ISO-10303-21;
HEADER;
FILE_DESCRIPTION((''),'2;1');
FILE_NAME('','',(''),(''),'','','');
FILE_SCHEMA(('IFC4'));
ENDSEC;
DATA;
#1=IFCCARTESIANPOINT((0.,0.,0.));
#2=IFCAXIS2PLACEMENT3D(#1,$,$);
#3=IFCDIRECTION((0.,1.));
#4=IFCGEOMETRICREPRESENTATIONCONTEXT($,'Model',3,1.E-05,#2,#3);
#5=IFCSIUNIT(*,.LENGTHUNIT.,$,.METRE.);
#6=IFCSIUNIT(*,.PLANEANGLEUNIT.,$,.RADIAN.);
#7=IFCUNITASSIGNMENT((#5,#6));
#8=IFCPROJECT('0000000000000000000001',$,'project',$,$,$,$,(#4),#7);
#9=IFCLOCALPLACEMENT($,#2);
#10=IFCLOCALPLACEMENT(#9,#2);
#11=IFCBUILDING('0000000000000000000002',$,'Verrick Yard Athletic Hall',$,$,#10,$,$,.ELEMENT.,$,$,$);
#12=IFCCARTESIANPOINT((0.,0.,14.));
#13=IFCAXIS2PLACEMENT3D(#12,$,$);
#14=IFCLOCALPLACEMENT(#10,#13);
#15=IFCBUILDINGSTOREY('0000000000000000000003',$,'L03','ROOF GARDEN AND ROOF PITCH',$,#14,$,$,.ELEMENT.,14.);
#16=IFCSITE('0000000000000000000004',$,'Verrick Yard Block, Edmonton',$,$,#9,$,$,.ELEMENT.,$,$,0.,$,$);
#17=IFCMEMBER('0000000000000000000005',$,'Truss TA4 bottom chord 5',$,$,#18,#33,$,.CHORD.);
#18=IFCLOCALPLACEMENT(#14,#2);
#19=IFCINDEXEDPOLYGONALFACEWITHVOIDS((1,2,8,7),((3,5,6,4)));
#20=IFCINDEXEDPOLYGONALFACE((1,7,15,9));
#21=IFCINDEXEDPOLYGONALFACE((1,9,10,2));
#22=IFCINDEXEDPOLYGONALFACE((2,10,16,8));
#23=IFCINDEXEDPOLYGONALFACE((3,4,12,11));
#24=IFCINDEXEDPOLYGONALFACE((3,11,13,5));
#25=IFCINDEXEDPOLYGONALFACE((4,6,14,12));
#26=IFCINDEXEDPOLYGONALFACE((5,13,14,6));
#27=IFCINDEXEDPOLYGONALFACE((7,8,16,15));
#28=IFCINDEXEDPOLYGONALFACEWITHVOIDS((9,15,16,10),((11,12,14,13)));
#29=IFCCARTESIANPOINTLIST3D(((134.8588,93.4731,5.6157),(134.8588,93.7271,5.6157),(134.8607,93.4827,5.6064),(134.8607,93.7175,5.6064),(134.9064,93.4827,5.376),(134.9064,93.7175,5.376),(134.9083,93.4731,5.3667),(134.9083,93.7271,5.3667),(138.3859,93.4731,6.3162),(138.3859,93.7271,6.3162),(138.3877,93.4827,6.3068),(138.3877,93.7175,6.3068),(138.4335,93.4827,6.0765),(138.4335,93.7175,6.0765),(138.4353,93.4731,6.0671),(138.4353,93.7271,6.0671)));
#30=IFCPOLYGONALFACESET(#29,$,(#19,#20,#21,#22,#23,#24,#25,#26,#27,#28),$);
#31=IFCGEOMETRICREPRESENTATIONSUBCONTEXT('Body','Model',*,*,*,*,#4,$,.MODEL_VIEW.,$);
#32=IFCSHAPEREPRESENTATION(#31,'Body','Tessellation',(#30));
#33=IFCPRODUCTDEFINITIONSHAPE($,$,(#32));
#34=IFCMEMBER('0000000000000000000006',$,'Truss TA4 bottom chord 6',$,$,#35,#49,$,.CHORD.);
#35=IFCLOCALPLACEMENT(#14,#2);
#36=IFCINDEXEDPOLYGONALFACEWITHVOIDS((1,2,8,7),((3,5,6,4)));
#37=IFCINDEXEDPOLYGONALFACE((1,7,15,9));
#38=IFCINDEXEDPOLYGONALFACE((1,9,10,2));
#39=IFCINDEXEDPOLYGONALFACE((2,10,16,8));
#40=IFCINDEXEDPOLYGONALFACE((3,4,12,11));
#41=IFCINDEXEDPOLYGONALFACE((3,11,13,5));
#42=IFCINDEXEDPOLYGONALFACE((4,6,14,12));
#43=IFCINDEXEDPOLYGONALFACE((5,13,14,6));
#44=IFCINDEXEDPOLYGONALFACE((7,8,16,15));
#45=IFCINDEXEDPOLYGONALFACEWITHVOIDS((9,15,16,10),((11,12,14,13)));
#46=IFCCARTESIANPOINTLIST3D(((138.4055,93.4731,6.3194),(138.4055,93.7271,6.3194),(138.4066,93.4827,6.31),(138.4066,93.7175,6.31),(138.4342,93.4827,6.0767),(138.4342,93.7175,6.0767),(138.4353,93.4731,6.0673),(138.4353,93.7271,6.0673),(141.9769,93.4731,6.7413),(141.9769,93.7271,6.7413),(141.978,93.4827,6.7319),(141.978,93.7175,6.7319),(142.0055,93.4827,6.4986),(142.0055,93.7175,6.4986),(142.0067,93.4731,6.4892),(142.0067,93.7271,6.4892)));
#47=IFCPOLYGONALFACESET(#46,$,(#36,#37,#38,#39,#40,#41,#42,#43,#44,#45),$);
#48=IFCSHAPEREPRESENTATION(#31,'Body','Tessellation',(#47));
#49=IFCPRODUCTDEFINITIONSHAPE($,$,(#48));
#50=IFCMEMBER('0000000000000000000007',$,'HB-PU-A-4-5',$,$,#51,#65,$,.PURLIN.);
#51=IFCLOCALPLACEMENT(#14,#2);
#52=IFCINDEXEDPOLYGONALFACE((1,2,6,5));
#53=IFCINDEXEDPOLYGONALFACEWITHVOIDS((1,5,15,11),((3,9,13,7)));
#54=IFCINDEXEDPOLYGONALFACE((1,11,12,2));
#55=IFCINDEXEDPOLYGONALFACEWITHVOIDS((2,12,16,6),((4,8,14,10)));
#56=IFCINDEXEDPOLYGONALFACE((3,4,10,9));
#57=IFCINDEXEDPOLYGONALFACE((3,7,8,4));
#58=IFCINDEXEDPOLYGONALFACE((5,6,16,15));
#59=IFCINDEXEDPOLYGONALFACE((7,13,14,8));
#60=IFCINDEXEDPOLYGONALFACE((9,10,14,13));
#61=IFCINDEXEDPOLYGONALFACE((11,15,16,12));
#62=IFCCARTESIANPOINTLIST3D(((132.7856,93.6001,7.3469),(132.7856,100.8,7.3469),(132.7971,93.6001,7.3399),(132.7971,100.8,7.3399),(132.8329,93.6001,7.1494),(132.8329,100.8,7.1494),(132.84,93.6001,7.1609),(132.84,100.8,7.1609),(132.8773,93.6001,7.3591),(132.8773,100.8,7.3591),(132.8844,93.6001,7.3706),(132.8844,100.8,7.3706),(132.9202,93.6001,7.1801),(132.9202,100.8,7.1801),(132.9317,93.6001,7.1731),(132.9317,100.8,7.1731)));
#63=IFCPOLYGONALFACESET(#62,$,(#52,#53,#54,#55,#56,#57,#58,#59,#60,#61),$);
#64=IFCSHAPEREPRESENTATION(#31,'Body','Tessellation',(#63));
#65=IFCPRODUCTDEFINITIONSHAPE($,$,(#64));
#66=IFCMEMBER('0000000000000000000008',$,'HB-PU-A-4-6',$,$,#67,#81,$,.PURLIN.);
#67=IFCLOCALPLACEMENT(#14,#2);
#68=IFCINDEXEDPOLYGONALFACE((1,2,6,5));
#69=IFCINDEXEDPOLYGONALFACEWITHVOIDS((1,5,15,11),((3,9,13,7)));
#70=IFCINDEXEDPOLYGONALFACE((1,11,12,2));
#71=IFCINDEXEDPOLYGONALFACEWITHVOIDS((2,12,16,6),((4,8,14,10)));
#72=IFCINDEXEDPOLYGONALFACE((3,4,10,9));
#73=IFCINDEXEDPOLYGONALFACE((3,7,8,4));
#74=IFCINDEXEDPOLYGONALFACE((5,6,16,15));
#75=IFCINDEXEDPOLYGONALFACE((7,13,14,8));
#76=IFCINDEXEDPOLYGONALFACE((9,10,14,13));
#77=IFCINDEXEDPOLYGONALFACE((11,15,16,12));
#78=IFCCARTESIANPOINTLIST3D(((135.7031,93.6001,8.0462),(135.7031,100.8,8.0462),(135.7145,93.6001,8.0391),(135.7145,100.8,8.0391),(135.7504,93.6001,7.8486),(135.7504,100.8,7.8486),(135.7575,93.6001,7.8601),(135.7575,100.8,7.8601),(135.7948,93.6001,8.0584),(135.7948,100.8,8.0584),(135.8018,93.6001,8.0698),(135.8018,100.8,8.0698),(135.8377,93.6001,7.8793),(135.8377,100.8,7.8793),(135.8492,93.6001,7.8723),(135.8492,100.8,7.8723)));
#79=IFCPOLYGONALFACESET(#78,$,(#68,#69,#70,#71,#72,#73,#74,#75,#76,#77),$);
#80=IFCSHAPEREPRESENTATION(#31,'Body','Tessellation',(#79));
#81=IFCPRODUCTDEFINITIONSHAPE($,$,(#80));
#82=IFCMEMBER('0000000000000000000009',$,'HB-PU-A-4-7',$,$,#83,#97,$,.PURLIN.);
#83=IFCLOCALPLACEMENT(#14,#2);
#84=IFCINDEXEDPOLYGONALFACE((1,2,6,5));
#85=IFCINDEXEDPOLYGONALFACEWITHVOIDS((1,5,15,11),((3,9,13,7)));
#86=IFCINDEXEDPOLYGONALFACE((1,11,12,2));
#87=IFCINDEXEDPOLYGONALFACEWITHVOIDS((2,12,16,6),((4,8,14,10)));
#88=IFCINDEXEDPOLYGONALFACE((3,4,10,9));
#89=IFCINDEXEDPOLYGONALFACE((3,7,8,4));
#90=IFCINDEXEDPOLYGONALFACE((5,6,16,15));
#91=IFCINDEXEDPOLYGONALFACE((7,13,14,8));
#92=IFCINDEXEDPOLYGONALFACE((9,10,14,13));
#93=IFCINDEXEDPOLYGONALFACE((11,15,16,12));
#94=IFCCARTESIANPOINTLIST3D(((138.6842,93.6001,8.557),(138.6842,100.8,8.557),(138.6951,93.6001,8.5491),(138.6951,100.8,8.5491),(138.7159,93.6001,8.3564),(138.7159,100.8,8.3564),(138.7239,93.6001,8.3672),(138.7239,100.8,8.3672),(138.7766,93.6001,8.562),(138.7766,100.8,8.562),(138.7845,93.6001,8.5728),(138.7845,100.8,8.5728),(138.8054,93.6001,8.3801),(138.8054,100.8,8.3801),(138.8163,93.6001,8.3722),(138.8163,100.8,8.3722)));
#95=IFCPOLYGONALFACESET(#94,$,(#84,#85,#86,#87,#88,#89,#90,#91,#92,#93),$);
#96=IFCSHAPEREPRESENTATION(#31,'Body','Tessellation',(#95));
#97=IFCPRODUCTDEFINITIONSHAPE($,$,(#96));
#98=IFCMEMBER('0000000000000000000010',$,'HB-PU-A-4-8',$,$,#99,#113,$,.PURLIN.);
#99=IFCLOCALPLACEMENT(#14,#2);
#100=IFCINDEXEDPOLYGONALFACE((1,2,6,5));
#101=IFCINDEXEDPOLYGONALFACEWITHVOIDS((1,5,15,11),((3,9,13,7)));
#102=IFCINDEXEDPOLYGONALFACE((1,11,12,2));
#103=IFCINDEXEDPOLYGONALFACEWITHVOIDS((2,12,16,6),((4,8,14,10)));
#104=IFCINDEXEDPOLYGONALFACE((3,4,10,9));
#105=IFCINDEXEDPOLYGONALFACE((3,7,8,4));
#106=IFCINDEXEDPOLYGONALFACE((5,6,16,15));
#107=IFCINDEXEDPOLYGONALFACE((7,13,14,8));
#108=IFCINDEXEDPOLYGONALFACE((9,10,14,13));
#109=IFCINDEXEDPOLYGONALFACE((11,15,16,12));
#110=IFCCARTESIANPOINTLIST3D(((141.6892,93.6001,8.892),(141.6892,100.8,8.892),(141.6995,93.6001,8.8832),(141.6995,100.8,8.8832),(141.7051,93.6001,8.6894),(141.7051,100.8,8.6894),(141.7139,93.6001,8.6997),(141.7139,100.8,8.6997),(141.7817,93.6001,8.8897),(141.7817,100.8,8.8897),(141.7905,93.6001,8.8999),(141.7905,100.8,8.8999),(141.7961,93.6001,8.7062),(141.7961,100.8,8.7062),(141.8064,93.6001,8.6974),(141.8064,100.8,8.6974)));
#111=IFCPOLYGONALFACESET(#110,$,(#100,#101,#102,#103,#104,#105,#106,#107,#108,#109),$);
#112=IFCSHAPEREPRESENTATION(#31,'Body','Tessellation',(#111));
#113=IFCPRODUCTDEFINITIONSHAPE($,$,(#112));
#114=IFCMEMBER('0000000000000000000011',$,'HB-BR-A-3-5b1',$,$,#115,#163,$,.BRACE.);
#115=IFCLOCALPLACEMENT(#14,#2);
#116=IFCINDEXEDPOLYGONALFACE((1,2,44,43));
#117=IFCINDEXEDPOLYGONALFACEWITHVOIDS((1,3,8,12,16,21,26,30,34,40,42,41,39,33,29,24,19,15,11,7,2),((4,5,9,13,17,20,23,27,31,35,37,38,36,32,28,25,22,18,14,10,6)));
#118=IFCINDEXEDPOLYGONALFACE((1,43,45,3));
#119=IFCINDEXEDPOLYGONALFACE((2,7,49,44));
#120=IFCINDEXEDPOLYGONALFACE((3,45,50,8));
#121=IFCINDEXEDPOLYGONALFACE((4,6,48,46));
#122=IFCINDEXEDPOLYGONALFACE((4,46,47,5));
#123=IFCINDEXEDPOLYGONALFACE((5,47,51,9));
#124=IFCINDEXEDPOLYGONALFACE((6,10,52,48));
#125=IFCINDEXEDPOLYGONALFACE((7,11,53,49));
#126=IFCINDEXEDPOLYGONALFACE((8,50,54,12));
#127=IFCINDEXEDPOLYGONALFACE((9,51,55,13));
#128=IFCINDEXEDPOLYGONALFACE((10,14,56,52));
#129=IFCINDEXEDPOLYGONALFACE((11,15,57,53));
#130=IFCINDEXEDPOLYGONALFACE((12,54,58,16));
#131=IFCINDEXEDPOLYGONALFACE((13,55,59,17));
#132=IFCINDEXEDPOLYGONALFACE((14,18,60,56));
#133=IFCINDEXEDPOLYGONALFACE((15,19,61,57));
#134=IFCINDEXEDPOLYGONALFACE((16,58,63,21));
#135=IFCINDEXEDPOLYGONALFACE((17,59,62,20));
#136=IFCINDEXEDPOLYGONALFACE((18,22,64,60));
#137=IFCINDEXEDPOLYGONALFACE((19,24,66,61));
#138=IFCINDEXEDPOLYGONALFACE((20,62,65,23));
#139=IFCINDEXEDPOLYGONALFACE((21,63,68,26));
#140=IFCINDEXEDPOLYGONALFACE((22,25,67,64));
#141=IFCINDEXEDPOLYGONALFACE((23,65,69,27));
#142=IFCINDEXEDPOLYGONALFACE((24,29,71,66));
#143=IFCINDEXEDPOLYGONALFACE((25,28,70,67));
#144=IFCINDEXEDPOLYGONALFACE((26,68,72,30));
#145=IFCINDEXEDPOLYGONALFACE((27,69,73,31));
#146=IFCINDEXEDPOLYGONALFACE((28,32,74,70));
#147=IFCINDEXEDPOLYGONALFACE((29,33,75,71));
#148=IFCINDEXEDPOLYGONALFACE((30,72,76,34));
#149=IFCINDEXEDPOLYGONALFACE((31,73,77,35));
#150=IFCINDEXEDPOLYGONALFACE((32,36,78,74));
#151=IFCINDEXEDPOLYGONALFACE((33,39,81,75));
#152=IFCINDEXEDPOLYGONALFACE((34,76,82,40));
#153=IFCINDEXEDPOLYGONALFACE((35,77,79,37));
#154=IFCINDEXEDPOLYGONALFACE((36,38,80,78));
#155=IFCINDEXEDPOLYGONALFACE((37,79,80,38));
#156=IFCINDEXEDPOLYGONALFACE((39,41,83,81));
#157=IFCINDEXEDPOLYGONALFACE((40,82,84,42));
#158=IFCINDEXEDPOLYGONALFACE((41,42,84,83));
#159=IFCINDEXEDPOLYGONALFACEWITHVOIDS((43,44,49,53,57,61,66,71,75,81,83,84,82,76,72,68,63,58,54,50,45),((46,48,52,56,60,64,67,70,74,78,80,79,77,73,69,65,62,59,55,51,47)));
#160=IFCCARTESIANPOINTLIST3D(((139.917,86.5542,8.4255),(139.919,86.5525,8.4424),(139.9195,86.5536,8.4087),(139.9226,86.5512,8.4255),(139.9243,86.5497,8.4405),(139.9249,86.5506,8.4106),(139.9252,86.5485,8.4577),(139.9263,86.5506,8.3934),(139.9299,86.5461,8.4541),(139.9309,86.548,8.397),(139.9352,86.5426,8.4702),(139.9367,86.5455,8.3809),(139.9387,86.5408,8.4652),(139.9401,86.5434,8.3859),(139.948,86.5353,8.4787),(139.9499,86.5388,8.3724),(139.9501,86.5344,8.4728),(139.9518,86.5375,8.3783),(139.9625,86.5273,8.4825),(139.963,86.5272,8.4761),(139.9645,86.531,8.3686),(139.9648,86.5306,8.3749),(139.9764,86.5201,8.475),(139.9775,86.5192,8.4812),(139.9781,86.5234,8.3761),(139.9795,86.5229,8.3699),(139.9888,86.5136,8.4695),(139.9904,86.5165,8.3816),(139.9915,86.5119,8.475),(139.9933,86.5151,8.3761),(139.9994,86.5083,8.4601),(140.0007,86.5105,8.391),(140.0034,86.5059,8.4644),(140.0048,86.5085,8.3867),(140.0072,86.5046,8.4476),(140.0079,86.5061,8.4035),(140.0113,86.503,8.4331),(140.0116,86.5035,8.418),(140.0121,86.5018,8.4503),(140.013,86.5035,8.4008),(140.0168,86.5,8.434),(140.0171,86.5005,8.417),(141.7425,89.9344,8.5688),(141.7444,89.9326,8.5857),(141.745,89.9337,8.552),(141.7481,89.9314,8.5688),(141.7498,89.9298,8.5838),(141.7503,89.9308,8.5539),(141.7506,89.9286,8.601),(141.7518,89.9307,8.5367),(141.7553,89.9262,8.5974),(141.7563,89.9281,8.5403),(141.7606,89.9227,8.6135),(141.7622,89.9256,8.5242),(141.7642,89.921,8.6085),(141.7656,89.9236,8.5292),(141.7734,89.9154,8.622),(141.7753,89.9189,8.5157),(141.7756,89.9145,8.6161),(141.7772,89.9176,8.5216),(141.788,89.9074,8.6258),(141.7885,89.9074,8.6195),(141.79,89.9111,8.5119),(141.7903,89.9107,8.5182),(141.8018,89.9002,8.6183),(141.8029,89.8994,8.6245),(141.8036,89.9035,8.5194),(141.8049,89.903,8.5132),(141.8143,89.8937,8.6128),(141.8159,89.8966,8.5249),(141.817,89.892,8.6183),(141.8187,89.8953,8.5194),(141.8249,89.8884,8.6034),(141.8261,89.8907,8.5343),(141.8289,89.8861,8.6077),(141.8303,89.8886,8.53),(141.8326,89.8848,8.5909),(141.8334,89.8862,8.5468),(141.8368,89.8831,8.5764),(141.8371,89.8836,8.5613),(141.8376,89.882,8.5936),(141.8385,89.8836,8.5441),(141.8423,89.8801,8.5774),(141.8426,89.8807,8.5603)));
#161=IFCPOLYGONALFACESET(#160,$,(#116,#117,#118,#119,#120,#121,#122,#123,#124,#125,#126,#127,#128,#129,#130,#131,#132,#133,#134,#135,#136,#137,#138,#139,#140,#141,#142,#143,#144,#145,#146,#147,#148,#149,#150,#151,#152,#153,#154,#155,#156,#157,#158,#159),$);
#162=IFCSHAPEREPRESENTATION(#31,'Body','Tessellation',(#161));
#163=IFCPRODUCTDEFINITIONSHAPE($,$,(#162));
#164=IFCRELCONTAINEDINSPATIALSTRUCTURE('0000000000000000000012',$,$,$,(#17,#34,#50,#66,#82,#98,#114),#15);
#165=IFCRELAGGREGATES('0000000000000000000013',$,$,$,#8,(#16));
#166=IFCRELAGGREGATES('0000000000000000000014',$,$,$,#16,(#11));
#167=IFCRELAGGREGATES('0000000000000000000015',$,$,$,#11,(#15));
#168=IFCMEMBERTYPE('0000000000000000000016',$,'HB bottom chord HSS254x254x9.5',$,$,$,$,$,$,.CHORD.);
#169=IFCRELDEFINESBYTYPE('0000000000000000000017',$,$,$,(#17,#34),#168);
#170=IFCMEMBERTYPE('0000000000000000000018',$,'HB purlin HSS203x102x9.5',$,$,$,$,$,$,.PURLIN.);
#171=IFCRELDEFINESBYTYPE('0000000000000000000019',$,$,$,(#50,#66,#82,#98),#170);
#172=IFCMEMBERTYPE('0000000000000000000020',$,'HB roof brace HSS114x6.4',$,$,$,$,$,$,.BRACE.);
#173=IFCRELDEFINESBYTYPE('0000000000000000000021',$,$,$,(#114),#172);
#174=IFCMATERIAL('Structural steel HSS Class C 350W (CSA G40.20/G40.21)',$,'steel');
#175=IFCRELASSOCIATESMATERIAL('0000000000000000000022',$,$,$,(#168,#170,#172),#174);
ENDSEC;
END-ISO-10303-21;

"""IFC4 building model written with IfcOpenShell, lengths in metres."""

from ifc_helpers import new_model, si_unit, direction, frame, origin, origin_2d, place, context, subcontext, project, spatial, hollow_rectangle, hollow_circle, extrude, material, material_profile, profile_set, type_object, element, save


model = new_model("IFC4")

# Units and contexts
model_context = context("Model", 3, precision=1e-05, world=origin(), true_north=direction((0.0, 1.0)))
body_context = subcontext(model_context, "Body", "Model", "MODEL_VIEW")
ifc_project = project(units=[si_unit("LENGTHUNIT", "METRE"), si_unit("PLANEANGLEUNIT", "RADIAN")], contexts=[model_context])

# Site, building, storey
site_placement = place(None, origin())
site = spatial("IfcSite", under=ifc_project, at=site_placement, Name="Verrick Yard Block, Edmonton", CompositionType="ELEMENT", RefElevation=0.0)
building_placement = place(site_placement, origin())
building = spatial("IfcBuilding", under=site, at=building_placement, Name="Verrick Yard Athletic Hall", CompositionType="ELEMENT")
storey_placement = place(building_placement, frame((0.0, 0.0, 14.0)))
storey = spatial("IfcBuildingStorey", under=building, at=storey_placement, Name="L03", Description="ROOF GARDEN AND ROOF PITCH", CompositionType="ELEMENT", Elevation=14.0)

# Members
ifc_material_1 = material(Name="Structural steel HSS Class C 350W (CSA G40.20/G40.21)", Category="steel")
ifc_material_profile_1 = material_profile(ifc_material_1, hollow_rectangle(XDim=0.2539, YDim=0.2539, WallThickness=0.0095, at=origin_2d()), Name="HSS254x254x9.5")
ifc_profile_set_1 = profile_set([ifc_material_profile_1], Name="Structural steel HSS Class C 350W (CSA G40.20/G40.21)")
member_type_1 = type_object("IfcMemberType", Name="HB bottom chord HSS254x254x9.5", PredefinedType="CHORD", material=ifc_profile_set_1)
member_1_placement = place(storey_placement, frame((134.8835, 93.6001, 5.4912), z_axis=(0.980846, 0.0, 0.194784), x_axis=(0.0, 1.0, 0.0)))
element("IfcMember", 1, at=member_1_placement, inside=storey, type_object=member_type_1, Name="Truss TA4 bottom chord 5", PredefinedType="CHORD", context=body_context, shape_type="SweptSolid", body=[
    extrude(hollow_rectangle(XDim=0.2539, YDim=0.2539, WallThickness=0.0095, at=origin_2d()), origin(), (0.0, 0.0, 1.0), 3.5959),
])
member_2_placement = place(storey_placement, frame((138.4204, 93.6001, 6.1934), z_axis=(0.993095, 0.0, 0.117314), x_axis=(0.0, 1.0, 0.0)))
element("IfcMember", 2, at=member_2_placement, inside=storey, type_object=member_type_1, Name="Truss TA4 bottom chord 6", PredefinedType="CHORD", context=body_context, shape_type="SweptSolid", body=[
    extrude(hollow_rectangle(XDim=0.2539, YDim=0.2539, WallThickness=0.0095, at=origin_2d()), origin(), (0.0, 0.0, 1.0), 3.5962),
])
ifc_material_profile_2 = material_profile(ifc_material_1, hollow_rectangle(XDim=0.1016, YDim=0.2031, WallThickness=0.0095, at=origin_2d()), Name="HSS203x102x9.5")
ifc_profile_set_2 = profile_set([ifc_material_profile_2], Name="Structural steel HSS Class C 350W (CSA G40.20/G40.21)")
member_type_2 = type_object("IfcMemberType", Name="HB purlin HSS203x102x9.5", PredefinedType="PURLIN", material=ifc_profile_set_2)
for number, where, z_axis, x_axis, name in (
    (3, (132.8586, 93.6001, 7.26), (0.0, 1.0, 0.0), (-0.972459, 0.0, -0.233074), "HB-PU-A-4-5"),
    (4, (135.7761, 93.6001, 7.9592), (0.0, 1.0, 0.0), (-0.972459, 0.0, -0.233074), "HB-PU-A-4-6"),
    (5, (138.7502, 93.6001, 8.4646), (0.0, 1.0, 0.0), (-0.987728, 0.0, -0.156183), "HB-PU-A-4-7"),
    (6, (141.7478, 93.6001, 8.7947), (0.0, 1.0, 0.0), (-0.996927, 0.0, -0.078332), "HB-PU-A-4-8"),
):
    element("IfcMember", number, at=place(storey_placement, frame(where, z_axis=z_axis, x_axis=x_axis)), inside=storey, type_object=member_type_2, Name=name, PredefinedType="PURLIN", context=body_context, shape_type="SweptSolid", body=[
        extrude(hollow_rectangle(XDim=0.1016, YDim=0.2031, WallThickness=0.0095, at=origin_2d()), origin(), (0.0, 0.0, 1.0), 7.2),
    ])
ifc_material_profile_3 = material_profile(ifc_material_1, hollow_circle(Radius=0.0571, WallThickness=0.0063, at=origin_2d()), Name="HSS114x6.4")
ifc_profile_set_3 = profile_set([ifc_material_profile_3], Name="Structural steel HSS Class C 350W (CSA G40.20/G40.21)")
member_type_3 = type_object("IfcMemberType", Name="HB roof brace HSS114x6.4", PredefinedType="BRACE", material=ifc_profile_set_3)
for number, where, z_axis, x_axis, name in (
    (7, (139.9673, 86.5271, 8.4255), (0.474853, 0.879275, 0.037279), (-0.879887, 0.475183, 0.0), "HB-BR-A-3-5b1"),
):
    element("IfcMember", number, at=place(storey_placement, frame(where, z_axis=z_axis, x_axis=x_axis)), inside=storey, type_object=member_type_3, Name=name, PredefinedType="BRACE", context=body_context, shape_type="SweptSolid", body=[
        extrude(hollow_circle(Radius=0.0571, WallThickness=0.0063, at=origin_2d()), origin(), (0.0, 0.0, 1.0), 3.8442),
    ])

save(model, "model.ifc")
